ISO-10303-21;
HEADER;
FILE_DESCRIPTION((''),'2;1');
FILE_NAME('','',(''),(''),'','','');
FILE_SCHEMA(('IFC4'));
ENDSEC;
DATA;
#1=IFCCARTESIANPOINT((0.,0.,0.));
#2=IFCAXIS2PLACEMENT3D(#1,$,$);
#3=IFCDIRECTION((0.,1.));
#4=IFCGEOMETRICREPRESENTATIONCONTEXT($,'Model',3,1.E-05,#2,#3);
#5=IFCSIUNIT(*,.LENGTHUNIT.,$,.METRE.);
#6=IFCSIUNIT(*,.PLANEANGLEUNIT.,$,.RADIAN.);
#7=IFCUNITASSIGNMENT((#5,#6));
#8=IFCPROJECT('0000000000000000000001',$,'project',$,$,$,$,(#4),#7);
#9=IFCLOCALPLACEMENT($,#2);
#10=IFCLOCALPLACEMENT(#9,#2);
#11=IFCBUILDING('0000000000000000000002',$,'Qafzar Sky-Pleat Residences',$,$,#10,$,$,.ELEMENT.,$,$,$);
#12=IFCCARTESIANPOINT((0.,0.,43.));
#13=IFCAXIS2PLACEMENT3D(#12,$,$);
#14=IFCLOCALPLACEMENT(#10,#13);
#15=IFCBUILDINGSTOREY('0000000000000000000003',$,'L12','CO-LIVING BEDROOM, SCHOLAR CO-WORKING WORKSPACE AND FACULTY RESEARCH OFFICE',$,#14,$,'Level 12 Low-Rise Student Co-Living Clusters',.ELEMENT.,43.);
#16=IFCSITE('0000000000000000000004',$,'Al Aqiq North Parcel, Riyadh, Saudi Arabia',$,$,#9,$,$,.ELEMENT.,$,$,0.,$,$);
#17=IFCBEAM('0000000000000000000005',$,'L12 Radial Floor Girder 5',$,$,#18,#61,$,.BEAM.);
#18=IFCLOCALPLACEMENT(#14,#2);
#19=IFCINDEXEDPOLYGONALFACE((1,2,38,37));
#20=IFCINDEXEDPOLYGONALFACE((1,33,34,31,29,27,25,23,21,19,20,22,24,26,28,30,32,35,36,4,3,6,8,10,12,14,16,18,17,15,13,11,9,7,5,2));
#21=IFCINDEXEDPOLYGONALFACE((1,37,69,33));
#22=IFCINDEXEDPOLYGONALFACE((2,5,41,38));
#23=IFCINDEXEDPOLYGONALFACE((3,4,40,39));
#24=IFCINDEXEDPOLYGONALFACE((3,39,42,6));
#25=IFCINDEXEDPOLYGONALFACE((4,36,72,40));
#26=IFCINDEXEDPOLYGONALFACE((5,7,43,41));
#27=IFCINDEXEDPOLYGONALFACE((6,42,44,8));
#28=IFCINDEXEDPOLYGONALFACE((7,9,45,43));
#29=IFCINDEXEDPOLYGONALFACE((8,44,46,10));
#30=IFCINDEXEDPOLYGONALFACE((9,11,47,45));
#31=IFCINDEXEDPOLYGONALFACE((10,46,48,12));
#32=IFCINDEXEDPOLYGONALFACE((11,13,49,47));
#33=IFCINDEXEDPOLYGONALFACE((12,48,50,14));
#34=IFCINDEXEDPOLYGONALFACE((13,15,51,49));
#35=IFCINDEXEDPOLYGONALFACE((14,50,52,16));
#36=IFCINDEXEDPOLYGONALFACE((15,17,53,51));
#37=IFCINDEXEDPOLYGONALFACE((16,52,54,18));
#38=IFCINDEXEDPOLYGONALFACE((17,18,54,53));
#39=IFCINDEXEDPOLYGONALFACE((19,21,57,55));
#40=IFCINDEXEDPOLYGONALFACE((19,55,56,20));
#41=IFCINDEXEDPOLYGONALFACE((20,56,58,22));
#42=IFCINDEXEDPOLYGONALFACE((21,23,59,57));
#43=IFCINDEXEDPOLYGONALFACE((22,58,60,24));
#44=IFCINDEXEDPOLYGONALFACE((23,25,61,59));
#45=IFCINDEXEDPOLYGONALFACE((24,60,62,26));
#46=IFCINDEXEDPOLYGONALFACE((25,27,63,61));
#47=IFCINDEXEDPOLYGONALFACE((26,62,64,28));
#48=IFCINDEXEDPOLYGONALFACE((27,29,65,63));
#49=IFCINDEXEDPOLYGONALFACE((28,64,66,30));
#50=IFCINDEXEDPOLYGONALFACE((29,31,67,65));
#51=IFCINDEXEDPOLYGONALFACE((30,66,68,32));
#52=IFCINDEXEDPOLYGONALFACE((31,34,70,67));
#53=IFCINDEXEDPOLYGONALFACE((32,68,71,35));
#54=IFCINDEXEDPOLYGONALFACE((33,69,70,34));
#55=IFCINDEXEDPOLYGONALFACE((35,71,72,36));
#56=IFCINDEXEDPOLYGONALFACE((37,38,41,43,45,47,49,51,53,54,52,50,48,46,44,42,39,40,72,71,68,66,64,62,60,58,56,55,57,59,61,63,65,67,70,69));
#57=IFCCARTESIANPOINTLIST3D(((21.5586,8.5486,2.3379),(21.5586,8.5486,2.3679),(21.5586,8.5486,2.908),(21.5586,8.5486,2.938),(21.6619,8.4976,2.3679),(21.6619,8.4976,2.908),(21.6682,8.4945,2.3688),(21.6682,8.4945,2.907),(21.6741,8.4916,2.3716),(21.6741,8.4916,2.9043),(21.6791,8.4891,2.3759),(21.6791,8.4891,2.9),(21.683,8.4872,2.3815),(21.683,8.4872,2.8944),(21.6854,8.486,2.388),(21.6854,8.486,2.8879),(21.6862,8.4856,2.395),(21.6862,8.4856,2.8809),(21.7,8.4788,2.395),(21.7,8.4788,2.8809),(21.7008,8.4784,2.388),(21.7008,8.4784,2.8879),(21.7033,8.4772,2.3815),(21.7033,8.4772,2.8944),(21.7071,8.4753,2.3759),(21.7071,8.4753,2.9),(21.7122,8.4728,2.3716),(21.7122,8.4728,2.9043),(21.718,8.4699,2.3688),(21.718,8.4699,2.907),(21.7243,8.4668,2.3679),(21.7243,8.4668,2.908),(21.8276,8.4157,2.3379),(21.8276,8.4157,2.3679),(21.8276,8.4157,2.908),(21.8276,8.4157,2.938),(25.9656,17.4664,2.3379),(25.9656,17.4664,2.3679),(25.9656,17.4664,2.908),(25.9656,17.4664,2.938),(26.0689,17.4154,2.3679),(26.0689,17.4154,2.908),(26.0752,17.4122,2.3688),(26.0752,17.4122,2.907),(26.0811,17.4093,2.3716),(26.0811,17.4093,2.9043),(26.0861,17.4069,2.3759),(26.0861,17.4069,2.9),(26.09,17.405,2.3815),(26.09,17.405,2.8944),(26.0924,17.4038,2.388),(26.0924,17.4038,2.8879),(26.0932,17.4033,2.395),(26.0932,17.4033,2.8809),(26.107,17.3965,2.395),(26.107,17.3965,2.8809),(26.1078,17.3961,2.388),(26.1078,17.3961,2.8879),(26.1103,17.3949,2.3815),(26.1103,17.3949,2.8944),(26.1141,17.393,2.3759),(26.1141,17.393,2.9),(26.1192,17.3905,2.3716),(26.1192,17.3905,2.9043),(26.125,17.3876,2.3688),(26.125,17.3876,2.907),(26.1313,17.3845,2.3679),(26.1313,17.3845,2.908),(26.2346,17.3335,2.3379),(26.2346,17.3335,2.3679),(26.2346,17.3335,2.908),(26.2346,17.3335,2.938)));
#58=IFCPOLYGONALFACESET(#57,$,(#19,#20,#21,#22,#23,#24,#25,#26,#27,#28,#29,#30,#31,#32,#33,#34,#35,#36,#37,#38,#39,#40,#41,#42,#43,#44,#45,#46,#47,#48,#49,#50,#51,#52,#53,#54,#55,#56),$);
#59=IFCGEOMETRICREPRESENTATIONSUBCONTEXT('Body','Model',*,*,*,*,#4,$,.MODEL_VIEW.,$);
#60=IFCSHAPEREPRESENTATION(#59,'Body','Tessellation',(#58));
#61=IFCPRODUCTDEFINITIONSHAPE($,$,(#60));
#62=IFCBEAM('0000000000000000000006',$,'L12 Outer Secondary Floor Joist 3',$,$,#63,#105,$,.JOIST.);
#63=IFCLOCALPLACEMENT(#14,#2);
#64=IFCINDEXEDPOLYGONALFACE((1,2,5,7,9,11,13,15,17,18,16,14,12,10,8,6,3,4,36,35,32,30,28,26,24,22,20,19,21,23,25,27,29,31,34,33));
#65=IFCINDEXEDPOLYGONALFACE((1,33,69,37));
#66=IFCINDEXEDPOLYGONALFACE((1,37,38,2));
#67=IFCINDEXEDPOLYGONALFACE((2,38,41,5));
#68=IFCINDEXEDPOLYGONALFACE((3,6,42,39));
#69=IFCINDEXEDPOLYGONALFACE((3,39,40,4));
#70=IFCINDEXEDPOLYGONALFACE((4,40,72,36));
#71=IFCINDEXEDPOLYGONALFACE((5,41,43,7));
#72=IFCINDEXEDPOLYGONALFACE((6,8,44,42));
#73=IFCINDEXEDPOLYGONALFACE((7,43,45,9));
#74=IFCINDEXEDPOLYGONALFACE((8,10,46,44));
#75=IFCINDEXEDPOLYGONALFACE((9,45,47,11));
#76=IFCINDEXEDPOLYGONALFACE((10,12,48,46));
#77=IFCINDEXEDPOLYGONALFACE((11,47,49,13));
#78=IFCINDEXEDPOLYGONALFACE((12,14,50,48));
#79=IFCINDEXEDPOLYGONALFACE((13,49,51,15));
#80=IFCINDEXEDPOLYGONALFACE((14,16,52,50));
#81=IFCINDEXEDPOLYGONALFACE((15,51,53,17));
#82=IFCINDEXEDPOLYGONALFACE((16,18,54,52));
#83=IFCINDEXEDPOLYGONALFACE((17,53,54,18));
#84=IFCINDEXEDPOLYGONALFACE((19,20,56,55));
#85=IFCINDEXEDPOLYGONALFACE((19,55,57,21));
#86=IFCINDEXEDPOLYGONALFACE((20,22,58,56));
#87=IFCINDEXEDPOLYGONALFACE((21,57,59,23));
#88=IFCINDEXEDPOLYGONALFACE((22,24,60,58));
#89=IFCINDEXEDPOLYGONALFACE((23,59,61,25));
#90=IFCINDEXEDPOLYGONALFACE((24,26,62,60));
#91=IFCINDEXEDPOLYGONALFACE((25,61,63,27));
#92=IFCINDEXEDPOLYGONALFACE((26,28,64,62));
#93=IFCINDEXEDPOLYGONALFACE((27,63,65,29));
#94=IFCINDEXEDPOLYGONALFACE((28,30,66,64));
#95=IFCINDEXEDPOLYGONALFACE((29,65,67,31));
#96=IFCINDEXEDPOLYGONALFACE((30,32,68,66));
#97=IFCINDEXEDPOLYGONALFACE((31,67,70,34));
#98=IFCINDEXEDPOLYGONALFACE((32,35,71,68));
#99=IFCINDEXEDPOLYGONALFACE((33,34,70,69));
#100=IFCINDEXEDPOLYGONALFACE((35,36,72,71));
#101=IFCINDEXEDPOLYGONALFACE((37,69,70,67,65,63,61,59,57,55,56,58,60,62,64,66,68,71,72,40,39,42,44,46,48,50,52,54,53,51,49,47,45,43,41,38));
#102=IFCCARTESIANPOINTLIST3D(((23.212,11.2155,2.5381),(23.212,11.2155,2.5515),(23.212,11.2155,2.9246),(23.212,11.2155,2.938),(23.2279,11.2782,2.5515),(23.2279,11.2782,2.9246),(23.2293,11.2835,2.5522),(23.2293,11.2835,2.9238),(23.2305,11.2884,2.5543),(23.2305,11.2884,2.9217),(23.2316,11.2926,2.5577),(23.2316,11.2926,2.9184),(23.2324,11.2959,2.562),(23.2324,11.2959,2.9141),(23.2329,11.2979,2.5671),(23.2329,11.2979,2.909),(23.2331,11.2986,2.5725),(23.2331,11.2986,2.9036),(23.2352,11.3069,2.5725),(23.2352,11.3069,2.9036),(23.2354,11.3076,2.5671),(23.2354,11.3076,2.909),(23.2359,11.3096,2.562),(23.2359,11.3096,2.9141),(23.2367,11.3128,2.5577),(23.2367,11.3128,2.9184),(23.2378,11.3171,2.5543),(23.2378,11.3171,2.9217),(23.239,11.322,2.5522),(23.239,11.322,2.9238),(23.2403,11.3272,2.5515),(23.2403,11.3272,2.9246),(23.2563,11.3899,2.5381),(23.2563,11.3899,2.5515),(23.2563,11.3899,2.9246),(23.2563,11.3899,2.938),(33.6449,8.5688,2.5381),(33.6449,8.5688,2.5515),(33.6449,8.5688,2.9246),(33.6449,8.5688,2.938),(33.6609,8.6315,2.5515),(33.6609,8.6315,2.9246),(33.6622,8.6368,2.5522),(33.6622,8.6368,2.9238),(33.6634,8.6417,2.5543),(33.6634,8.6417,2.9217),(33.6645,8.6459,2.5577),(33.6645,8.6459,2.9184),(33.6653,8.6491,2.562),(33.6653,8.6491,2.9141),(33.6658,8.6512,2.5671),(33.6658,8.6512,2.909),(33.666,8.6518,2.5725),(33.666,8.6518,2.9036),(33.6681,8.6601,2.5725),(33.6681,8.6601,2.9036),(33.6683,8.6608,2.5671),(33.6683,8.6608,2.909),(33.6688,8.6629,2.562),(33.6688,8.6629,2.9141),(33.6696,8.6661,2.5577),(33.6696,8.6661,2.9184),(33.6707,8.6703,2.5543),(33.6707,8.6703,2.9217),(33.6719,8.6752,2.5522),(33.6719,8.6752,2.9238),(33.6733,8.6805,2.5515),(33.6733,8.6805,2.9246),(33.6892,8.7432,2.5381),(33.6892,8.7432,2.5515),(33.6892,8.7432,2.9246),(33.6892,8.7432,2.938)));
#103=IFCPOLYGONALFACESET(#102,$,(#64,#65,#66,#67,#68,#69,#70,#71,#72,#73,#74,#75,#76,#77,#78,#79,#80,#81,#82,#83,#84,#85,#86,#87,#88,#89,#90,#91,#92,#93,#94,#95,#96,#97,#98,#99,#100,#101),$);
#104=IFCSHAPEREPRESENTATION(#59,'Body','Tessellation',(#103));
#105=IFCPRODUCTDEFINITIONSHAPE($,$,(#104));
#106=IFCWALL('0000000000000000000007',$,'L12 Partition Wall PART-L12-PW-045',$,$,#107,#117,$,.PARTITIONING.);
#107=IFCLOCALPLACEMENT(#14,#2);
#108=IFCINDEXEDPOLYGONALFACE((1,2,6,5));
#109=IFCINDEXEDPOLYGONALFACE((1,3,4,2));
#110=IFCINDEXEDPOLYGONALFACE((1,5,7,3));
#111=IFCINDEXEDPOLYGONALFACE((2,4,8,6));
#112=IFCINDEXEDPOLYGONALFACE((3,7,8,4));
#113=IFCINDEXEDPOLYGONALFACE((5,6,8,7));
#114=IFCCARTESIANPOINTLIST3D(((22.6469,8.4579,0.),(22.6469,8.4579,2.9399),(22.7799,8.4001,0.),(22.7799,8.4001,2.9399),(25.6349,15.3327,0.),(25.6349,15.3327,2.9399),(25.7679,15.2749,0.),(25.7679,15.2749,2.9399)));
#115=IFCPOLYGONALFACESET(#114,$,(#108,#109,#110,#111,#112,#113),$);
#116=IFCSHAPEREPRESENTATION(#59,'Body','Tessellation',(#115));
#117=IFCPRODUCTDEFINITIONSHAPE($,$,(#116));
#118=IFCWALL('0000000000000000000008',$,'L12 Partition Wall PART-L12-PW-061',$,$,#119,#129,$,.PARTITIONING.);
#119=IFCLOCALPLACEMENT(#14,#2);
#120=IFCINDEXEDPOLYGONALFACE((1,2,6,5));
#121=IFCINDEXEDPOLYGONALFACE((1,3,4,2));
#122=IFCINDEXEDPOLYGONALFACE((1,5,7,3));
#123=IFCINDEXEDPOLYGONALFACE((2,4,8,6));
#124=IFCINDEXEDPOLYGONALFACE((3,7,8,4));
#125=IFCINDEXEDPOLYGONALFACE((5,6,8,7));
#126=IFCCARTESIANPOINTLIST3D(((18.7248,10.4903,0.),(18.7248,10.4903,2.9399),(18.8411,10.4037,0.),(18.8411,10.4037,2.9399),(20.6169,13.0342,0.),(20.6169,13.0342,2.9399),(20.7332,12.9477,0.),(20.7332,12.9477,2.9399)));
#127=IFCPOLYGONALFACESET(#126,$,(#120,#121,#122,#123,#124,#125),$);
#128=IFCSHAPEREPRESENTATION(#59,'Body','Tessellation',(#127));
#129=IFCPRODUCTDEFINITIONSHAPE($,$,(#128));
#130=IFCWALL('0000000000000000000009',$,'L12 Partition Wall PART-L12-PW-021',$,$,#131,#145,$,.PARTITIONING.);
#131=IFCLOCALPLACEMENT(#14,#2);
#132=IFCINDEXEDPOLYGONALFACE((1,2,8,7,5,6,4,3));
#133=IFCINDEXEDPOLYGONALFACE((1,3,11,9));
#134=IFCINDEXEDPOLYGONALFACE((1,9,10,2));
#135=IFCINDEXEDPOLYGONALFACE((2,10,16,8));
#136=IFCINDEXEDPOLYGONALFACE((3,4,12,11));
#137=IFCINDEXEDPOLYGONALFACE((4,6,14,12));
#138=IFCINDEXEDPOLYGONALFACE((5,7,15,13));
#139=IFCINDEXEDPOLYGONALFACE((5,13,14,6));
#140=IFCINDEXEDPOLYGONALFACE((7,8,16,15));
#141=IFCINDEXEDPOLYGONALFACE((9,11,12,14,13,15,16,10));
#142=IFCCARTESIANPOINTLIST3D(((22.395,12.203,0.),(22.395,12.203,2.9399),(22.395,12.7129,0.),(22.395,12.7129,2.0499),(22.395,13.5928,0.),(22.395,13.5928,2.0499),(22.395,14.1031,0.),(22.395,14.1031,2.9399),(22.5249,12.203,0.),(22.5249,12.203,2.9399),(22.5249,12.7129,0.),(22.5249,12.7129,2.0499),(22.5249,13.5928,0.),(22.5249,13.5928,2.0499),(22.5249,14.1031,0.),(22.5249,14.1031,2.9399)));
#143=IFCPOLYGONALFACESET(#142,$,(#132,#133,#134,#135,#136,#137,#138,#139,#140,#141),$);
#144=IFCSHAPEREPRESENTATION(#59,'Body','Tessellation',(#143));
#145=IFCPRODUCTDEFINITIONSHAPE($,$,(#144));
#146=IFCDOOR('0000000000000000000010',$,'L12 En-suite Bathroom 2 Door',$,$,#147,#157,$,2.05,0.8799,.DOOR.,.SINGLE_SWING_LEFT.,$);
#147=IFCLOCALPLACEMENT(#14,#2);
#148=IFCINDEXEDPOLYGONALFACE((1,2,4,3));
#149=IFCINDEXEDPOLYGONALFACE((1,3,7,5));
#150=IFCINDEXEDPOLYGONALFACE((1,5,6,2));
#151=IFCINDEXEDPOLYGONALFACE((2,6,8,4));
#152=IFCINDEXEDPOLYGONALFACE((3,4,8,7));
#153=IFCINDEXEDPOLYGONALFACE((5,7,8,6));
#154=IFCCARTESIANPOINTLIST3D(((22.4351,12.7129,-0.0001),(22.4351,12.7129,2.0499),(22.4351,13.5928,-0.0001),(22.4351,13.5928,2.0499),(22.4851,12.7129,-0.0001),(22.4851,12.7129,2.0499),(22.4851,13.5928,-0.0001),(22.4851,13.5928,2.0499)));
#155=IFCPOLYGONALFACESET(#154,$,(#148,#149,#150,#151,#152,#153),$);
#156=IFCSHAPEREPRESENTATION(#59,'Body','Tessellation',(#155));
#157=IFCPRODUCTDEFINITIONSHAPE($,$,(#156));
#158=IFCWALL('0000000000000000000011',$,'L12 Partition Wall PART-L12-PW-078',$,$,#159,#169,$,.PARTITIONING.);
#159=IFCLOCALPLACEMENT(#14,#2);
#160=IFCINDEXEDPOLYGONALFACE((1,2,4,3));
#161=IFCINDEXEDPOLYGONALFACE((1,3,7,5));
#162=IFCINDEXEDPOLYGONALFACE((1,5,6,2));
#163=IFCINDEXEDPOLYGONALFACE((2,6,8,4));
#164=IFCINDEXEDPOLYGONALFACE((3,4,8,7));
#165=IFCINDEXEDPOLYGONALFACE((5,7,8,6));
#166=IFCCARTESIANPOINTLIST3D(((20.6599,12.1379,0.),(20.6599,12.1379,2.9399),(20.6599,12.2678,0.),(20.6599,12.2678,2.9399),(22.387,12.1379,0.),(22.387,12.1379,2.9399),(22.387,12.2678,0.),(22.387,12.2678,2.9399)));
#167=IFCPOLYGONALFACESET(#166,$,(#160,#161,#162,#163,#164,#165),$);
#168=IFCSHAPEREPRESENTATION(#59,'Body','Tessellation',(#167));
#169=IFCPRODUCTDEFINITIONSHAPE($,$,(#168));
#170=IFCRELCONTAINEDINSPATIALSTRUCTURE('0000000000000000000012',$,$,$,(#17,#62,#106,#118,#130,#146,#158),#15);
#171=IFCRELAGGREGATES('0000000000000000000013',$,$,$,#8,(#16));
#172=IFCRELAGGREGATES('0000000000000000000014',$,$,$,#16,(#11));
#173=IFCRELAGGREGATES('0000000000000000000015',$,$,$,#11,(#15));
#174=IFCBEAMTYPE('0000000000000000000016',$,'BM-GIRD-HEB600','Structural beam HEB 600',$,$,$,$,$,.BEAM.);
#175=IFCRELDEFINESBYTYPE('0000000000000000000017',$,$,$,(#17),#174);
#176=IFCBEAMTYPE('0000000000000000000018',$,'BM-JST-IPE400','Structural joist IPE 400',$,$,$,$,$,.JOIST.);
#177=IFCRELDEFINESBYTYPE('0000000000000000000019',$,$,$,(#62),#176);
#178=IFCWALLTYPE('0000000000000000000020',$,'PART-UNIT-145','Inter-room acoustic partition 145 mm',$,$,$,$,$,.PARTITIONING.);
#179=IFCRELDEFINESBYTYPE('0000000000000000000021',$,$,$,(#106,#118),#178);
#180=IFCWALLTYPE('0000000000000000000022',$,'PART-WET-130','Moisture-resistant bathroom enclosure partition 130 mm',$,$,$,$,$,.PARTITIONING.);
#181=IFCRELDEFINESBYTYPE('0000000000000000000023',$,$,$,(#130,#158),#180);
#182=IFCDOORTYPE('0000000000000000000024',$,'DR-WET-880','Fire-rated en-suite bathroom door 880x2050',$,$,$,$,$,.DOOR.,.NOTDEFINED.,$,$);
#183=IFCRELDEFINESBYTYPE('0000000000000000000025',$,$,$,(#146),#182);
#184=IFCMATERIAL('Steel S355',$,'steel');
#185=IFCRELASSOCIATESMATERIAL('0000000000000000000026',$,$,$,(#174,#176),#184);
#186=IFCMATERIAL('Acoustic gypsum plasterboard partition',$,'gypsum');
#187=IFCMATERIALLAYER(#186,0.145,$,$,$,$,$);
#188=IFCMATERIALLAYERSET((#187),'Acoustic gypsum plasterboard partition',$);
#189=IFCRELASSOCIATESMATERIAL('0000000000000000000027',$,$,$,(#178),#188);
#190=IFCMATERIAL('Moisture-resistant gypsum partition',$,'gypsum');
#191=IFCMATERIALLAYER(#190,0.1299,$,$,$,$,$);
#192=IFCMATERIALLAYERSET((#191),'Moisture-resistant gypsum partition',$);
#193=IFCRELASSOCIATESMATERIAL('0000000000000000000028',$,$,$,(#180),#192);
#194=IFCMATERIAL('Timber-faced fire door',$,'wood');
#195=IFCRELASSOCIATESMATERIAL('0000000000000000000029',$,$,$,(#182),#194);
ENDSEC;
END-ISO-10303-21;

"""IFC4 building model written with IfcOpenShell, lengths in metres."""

from ifc_helpers import new_model, si_unit, direction, frame, frame_2d, origin, origin_2d, place, context, subcontext, project, spatial, rectangle, i_section, extrude, source, transform, mapped, material, layer, layer_set, material_profile, profile_set, type_object, element, fill, save


model = new_model("IFC4")

# Units and contexts
model_context = context("Model", 3, precision=1e-05, world=origin(), true_north=direction((0.0, 1.0)))
body_context = subcontext(model_context, "Body", "Model", "MODEL_VIEW")
ifc_project = project(units=[si_unit("LENGTHUNIT", "METRE"), si_unit("PLANEANGLEUNIT", "RADIAN")], contexts=[model_context])

# Site, building, storey
site_placement = place(None, origin())
site = spatial("IfcSite", under=ifc_project, at=site_placement, Name="Al Aqiq North Parcel, Riyadh, Saudi Arabia", CompositionType="ELEMENT", RefElevation=0.0)
building_placement = place(site_placement, origin())
building = spatial("IfcBuilding", under=site, at=building_placement, Name="Qafzar Sky-Pleat Residences", CompositionType="ELEMENT")
storey_placement = place(building_placement, frame((0.0, 0.0, 43.0)))
storey = spatial("IfcBuildingStorey", under=building, at=storey_placement, Name="L12", Description="CO-LIVING BEDROOM, SCHOLAR CO-WORKING WORKSPACE AND FACULTY RESEARCH OFFICE", LongName="Level 12 Low-Rise Student Co-Living Clusters", CompositionType="ELEMENT", Elevation=43.0)

# Beams
ifc_material_1 = material(Name="Steel S355", Category="steel")
ifc_material_profile_1 = material_profile(ifc_material_1, i_section(OverallWidth=0.3, OverallDepth=0.6001, WebThickness=0.0154, FlangeThickness=0.03, FilletRadius=0.0271, at=origin_2d()), Name="HEB 600")
ifc_profile_set_1 = profile_set([ifc_material_profile_1], Name="Steel S355")
beam_type_1 = type_object("IfcBeamType", Name="BM-GIRD-HEB600", Description="Structural beam HEB 600", PredefinedType="BEAM", material=ifc_profile_set_1)
shared_shape_1 = source(origin(), body_context, "Body", "SweptSolid", [
    extrude(i_section(OverallWidth=0.3, OverallDepth=0.6001, WebThickness=0.0154, FlangeThickness=0.03, FilletRadius=0.0271, at=origin_2d()), origin(), (0.0, 0.0, 1.0), 9.9473),
])
beam_1_placement = place(storey_placement, frame((21.6931, 8.4822, 2.6379), z_axis=(0.443036, 0.896504, 0.0), x_axis=(-0.896504, 0.443036, 0.0)))
element("IfcBeam", 1, at=beam_1_placement, inside=storey, type_object=beam_type_1, Name="L12 Radial Floor Girder 5", PredefinedType="BEAM", context=body_context, shape_type="MappedRepresentation", body=[
    mapped(shared_shape_1, transform((0.0, 0.0, 0.0), x_axis=(1.0, 0.0, 0.0), y_axis=(0.0, 1.0, 0.0), z_axis=(0.0, 0.0, 1.0), scale=1.0)),
])
ifc_material_profile_2 = material_profile(ifc_material_1, i_section(OverallWidth=0.1799, OverallDepth=0.3999, WebThickness=0.0085, FlangeThickness=0.0134, FilletRadius=0.021, at=origin_2d()), Name="IPE 400")
ifc_profile_set_2 = profile_set([ifc_material_profile_2], Name="Steel S355")
beam_type_2 = type_object("IfcBeamType", Name="BM-JST-IPE400", Description="Structural joist IPE 400", PredefinedType="JOIST", material=ifc_profile_set_2)
shared_shape_2 = source(origin(), body_context, "Body", "SweptSolid", [
    extrude(i_section(OverallWidth=0.1799, OverallDepth=0.3999, WebThickness=0.0085, FlangeThickness=0.0134, FilletRadius=0.021, at=origin_2d()), origin(), (0.0, 0.0, 1.0), 10.7634),
])
beam_2_placement = place(storey_placement, frame((23.2341, 11.3027, 2.738), z_axis=(0.969295, -0.245902, 0.0), x_axis=(0.245902, 0.969295, 0.0)))
element("IfcBeam", 2, at=beam_2_placement, inside=storey, type_object=beam_type_2, Name="L12 Outer Secondary Floor Joist 3", PredefinedType="JOIST", context=body_context, shape_type="MappedRepresentation", body=[
    mapped(shared_shape_2, transform((0.0, 0.0, 0.0), x_axis=(1.0, 0.0, 0.0), y_axis=(0.0, 1.0, 0.0), z_axis=(0.0, 0.0, 1.0), scale=1.0)),
])

# Walls
ifc_material_2 = material(Name="Acoustic gypsum plasterboard partition", Category="gypsum")
ifc_layer_1 = layer(ifc_material_2, 0.145)
ifc_layer_set_1 = layer_set([ifc_layer_1], Name="Acoustic gypsum plasterboard partition")
wall_type_1 = type_object("IfcWallType", Name="PART-UNIT-145", Description="Inter-room acoustic partition 145 mm", PredefinedType="PARTITIONING", material=ifc_layer_set_1)
wall_1_placement = place(storey_placement, frame((22.7134, 8.429, 0.0), z_axis=(0.0, 0.0, 1.0), x_axis=(0.398615, 0.917118, 0.0)))
element("IfcWall", 3, at=wall_1_placement, inside=storey, type_object=wall_type_1, Name="L12 Partition Wall PART-L12-PW-045", PredefinedType="PARTITIONING", context=body_context, shape_type="SweptSolid", body=[
    extrude(rectangle(XDim=7.4961, YDim=0.145, at=frame_2d((3.748, 0.0))), origin(), (0.0, 0.0, 1.0), 2.9399),
])
wall_2_placement = place(storey_placement, frame((18.783, 10.447, 0.0), z_axis=(0.0, 0.0, 1.0), x_axis=(0.596792, 0.802396, 0.0)))
element("IfcWall", 4, at=wall_2_placement, inside=storey, type_object=wall_type_1, Name="L12 Partition Wall PART-L12-PW-061", PredefinedType="PARTITIONING", context=body_context, shape_type="SweptSolid", body=[
    extrude(rectangle(XDim=3.1704, YDim=0.145, at=frame_2d((1.5852, 0.0))), origin(), (0.0, 0.0, 1.0), 2.9399),
])

# Wall, opening, door
ifc_material_3 = material(Name="Moisture-resistant gypsum partition", Category="gypsum")
ifc_layer_2 = layer(ifc_material_3, 0.1299)
ifc_layer_set_2 = layer_set([ifc_layer_2], Name="Moisture-resistant gypsum partition")
wall_type_2 = type_object("IfcWallType", Name="PART-WET-130", Description="Moisture-resistant bathroom enclosure partition 130 mm", PredefinedType="PARTITIONING", material=ifc_layer_set_2)
wall_3_placement = place(storey_placement, frame((22.46, 12.2029, 0.0), z_axis=(0.0, 0.0, 1.0), x_axis=(0.0, 1.0, 0.0)))
wall_3 = element("IfcWall", 5, at=wall_3_placement, inside=storey, type_object=wall_type_2, Name="L12 Partition Wall PART-L12-PW-021", PredefinedType="PARTITIONING", context=body_context, shape_type="SweptSolid", body=[
    extrude(rectangle(XDim=1.9001, YDim=0.1299, at=frame_2d((0.9502, 0.0))), origin(), (0.0, 0.0, 1.0), 2.9399),
])
opening_1_placement = place(wall_3_placement, frame((0.51, 0.0, 0.0)))
opening_1 = element("IfcOpeningElement", 6, at=opening_1_placement, cuts=wall_3, PredefinedType="OPENING", context=body_context, shape_type="SweptSolid", body=[
    extrude(rectangle(XDim=0.8799, YDim=2.05, at=frame_2d((0.4399, 1.0249))), frame((0.0, 0.075, 0.0), z_axis=(0.0, -1.0, 0.0), x_axis=(1.0, 0.0, 0.0)), (0.0, 0.0, 1.0), 0.1499),
])
ifc_material_4 = material(Name="Timber-faced fire door", Category="wood")
door_type = type_object("IfcDoorType", Name="DR-WET-880", Description="Fire-rated en-suite bathroom door 880x2050", OperationType="NOTDEFINED", PredefinedType="DOOR", material=ifc_material_4)
shared_shape_3 = source(origin(), body_context, "Body", "SweptSolid", [
    extrude(rectangle(XDim=0.8799, YDim=2.05, at=frame_2d((0.4399, 1.0249))), frame((0.0, 0.0249, 0.0), z_axis=(0.0, -1.0, 0.0), x_axis=(1.0, 0.0, 0.0)), (0.0, 0.0, 1.0), 0.05),
])
door_placement = place(opening_1_placement, origin())
door = element("IfcDoor", 7, at=door_placement, inside=storey, type_object=door_type, Name="L12 En-suite Bathroom 2 Door", OperationType="SINGLE_SWING_LEFT", OverallHeight=2.05, OverallWidth=0.8799, PredefinedType="DOOR", context=body_context, shape_type="MappedRepresentation", body=[
    mapped(shared_shape_3, transform((0.0, 0.0, 0.0), x_axis=(1.0, 0.0, 0.0), y_axis=(0.0, 1.0, 0.0), z_axis=(0.0, 0.0, 1.0), scale=1.0)),
])
fill(opening_1, door)

# Wall
wall_4_placement = place(storey_placement, frame((20.6599, 12.2029, 0.0), z_axis=(0.0, 0.0, 1.0), x_axis=(1.0, 0.0, 0.0)))
element("IfcWall", 8, at=wall_4_placement, inside=storey, type_object=wall_type_2, Name="L12 Partition Wall PART-L12-PW-078", PredefinedType="PARTITIONING", context=body_context, shape_type="SweptSolid", body=[
    extrude(rectangle(XDim=1.7271, YDim=0.1299, at=frame_2d((0.8635, 0.0))), origin(), (0.0, 0.0, 1.0), 2.9399),
])

save(model, "model.ifc")
